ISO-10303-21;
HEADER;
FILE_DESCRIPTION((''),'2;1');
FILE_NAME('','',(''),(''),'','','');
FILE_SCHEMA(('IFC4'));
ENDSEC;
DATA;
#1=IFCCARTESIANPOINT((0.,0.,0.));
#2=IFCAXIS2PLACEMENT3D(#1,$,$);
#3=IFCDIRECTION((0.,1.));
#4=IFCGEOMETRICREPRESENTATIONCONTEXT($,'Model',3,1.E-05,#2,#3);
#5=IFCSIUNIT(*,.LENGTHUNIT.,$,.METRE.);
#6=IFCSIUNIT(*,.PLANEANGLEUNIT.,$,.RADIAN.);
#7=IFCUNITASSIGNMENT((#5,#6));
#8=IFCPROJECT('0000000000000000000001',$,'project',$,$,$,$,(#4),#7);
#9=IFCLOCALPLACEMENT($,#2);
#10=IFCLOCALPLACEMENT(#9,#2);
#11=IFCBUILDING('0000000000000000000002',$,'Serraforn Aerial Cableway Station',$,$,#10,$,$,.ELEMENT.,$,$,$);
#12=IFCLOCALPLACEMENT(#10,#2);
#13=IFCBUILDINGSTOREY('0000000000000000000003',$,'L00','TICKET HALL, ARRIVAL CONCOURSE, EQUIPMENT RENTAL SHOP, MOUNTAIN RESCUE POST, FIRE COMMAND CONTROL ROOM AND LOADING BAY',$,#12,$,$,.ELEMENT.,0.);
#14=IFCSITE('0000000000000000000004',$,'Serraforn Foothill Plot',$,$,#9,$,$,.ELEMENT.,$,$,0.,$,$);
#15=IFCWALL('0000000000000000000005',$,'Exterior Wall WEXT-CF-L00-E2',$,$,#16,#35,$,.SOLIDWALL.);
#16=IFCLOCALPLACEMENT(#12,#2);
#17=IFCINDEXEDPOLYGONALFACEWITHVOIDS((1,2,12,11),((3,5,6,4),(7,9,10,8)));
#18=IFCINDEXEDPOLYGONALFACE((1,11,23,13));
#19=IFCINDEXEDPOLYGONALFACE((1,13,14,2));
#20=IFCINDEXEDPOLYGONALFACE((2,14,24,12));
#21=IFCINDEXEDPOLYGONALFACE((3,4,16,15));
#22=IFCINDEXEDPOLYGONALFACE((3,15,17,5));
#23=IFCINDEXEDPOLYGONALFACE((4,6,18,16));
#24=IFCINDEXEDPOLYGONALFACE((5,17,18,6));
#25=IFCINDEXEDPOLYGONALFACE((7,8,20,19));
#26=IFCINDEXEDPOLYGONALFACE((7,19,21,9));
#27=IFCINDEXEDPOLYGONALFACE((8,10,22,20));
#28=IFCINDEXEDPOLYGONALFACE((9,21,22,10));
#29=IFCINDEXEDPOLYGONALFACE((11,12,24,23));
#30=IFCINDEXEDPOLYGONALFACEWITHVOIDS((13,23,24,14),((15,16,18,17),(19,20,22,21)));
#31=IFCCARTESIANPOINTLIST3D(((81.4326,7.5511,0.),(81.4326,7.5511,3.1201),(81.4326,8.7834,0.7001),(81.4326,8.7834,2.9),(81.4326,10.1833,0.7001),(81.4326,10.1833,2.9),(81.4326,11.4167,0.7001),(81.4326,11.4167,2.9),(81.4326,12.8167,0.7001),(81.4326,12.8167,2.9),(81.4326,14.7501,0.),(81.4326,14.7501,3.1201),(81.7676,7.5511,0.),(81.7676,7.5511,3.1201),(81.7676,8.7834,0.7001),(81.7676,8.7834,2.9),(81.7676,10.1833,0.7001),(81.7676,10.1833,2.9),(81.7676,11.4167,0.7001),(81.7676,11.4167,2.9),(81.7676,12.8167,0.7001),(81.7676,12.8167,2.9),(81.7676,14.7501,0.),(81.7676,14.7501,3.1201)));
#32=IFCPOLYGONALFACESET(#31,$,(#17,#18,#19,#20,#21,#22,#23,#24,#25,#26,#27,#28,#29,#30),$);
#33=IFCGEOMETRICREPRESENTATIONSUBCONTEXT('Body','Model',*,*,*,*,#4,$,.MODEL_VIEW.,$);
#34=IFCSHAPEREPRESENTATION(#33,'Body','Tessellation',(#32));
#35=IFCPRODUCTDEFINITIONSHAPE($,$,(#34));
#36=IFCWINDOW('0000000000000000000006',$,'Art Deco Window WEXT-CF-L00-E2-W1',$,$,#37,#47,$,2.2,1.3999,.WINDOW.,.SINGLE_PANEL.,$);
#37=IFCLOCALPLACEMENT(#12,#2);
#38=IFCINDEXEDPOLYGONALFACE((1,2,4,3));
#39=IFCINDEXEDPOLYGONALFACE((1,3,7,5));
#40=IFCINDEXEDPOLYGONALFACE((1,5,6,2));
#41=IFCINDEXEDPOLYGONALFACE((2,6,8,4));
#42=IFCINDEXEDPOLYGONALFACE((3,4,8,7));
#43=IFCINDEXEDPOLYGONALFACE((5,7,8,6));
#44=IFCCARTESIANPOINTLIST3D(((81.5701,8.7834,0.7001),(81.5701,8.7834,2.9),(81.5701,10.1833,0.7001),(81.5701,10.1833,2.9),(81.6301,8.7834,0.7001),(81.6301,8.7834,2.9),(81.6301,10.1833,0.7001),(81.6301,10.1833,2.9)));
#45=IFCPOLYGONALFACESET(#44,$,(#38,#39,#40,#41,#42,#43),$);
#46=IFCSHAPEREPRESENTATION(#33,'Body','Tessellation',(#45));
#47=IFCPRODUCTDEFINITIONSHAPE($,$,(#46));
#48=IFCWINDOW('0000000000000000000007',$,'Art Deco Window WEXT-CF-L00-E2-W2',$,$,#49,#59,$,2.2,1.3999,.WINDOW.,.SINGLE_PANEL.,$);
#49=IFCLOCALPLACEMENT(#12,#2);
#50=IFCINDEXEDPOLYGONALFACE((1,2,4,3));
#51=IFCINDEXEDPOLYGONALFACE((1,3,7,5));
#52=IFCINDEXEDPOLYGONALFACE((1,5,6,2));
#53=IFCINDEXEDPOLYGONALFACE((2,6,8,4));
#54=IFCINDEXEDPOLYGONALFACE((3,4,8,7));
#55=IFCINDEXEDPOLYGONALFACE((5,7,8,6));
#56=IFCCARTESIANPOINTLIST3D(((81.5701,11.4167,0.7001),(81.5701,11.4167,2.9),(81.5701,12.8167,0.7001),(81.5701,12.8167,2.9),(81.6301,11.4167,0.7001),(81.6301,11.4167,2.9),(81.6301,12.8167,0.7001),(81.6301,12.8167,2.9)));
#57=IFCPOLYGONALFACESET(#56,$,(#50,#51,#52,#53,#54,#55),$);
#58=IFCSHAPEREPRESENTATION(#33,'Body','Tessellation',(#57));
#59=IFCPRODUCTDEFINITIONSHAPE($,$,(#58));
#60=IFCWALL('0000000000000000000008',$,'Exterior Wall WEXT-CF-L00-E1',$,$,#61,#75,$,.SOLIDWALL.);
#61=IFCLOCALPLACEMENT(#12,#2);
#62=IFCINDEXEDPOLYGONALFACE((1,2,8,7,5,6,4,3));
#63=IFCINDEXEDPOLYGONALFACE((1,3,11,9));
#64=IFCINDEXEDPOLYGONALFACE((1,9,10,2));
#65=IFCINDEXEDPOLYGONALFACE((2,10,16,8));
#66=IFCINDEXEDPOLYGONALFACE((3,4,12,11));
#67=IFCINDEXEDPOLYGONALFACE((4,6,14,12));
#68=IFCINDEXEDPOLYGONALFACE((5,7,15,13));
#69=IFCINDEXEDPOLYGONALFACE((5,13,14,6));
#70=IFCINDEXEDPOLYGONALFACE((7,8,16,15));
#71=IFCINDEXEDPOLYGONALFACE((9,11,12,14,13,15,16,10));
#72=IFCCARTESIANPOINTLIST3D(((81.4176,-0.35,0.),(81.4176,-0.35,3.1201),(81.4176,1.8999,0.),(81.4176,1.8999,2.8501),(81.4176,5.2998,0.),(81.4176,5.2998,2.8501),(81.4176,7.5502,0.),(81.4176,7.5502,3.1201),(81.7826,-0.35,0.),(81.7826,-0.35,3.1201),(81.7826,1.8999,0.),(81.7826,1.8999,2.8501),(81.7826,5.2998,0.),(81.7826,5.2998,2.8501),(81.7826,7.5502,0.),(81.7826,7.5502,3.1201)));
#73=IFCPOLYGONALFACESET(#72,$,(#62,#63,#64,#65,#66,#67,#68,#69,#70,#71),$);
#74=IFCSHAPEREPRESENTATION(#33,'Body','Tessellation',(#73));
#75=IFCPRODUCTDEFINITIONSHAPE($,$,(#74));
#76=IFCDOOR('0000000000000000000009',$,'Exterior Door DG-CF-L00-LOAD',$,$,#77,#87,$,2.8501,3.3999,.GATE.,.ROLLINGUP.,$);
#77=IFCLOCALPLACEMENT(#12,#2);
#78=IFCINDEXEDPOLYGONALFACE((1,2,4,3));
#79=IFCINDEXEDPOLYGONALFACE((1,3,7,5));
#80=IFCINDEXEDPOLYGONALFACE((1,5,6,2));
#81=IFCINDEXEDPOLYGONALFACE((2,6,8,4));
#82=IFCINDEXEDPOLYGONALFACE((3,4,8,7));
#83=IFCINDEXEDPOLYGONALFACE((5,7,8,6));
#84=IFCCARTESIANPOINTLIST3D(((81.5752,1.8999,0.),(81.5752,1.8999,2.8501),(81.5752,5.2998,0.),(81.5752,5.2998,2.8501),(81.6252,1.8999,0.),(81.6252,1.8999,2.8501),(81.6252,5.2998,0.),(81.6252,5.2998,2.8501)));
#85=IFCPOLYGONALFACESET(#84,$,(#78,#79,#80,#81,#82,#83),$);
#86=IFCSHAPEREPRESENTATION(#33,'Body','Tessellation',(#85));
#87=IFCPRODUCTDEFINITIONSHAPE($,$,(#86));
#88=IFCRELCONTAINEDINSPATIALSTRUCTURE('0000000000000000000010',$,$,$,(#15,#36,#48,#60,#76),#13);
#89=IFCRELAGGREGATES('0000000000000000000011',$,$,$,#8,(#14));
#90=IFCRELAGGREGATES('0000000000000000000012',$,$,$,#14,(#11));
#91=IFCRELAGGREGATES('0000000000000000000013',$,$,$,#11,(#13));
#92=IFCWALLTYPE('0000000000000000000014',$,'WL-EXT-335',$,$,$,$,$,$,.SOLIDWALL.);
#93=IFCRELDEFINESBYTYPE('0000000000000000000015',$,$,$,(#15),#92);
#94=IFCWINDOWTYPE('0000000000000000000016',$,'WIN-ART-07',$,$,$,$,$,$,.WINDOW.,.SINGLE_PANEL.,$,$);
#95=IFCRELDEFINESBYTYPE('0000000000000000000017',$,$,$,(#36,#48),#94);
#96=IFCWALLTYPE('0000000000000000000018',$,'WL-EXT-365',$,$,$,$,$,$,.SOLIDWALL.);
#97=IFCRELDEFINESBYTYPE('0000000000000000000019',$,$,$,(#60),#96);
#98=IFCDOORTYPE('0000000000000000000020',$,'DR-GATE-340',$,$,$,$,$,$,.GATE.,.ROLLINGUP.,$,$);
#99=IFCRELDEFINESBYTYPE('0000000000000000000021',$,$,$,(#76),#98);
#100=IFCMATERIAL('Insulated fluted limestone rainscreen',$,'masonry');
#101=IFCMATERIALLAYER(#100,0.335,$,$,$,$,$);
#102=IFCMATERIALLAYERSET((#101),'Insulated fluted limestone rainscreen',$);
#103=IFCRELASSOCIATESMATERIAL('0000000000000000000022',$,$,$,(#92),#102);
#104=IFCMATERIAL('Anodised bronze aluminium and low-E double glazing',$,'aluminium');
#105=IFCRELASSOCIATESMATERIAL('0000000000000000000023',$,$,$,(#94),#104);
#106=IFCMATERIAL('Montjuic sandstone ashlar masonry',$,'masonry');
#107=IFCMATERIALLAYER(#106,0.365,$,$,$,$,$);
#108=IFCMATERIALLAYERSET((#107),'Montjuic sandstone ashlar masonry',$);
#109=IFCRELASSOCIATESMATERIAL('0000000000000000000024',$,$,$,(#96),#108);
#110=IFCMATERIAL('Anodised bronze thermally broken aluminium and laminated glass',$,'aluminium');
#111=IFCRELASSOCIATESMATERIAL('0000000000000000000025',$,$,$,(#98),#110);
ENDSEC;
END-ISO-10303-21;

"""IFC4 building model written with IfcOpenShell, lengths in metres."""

from ifc_helpers import new_model, si_unit, direction, frame, frame_2d, origin, place, context, subcontext, project, spatial, rectangle, extrude, material, layer, layer_set, type_object, element, fill, save


model = new_model("IFC4")

# Units and contexts
model_context = context("Model", 3, precision=1e-05, world=origin(), true_north=direction((0.0, 1.0)))
body_context = subcontext(model_context, "Body", "Model", "MODEL_VIEW")
ifc_project = project(units=[si_unit("LENGTHUNIT", "METRE"), si_unit("PLANEANGLEUNIT", "RADIAN")], contexts=[model_context])

# Site, building, storey
site_placement = place(None, origin())
site = spatial("IfcSite", under=ifc_project, at=site_placement, Name="Serraforn Foothill Plot", CompositionType="ELEMENT", RefElevation=0.0)
building_placement = place(site_placement, origin())
building = spatial("IfcBuilding", under=site, at=building_placement, Name="Serraforn Aerial Cableway Station", CompositionType="ELEMENT")
storey_placement = place(building_placement, origin())
storey = spatial("IfcBuildingStorey", under=building, at=storey_placement, Name="L00", Description="TICKET HALL, ARRIVAL CONCOURSE, EQUIPMENT RENTAL SHOP, MOUNTAIN RESCUE POST, FIRE COMMAND CONTROL ROOM AND LOADING BAY", CompositionType="ELEMENT", Elevation=0.0)

# Wall, openings, windows
ifc_material_1 = material(Name="Insulated fluted limestone rainscreen", Category="masonry")
ifc_layer_1 = layer(ifc_material_1, 0.335)
ifc_layer_set_1 = layer_set([ifc_layer_1], Name="Insulated fluted limestone rainscreen")
wall_type_1 = type_object("IfcWallType", Name="WL-EXT-335", PredefinedType="SOLIDWALL", material=ifc_layer_set_1)
wall_1_placement = place(storey_placement, frame((81.6001, 7.551, 0.0), z_axis=(0.0, 0.0, 1.0), x_axis=(0.0, 1.0, 0.0)))
wall_1 = element("IfcWall", 1, at=wall_1_placement, inside=storey, type_object=wall_type_1, Name="Exterior Wall WEXT-CF-L00-E2", PredefinedType="SOLIDWALL", context=body_context, shape_type="SweptSolid", body=[
    extrude(rectangle(XDim=7.199, YDim=0.335, at=frame_2d((3.5996, 0.0))), origin(), (0.0, 0.0, 1.0), 3.1201),
])
opening_1_placement = place(wall_1_placement, frame((1.2324, 0.0, 0.7)))
opening_1 = element("IfcOpeningElement", 2, at=opening_1_placement, cuts=wall_1, PredefinedType="OPENING", context=body_context, shape_type="SweptSolid", body=[
    extrude(rectangle(XDim=1.3999, YDim=2.2, at=frame_2d((0.7, 1.1001))), frame((0.0, 0.1775, 0.0), z_axis=(0.0, -1.0, 0.0), x_axis=(1.0, 0.0, 0.0)), (0.0, 0.0, 1.0), 0.355),
])
opening_2_placement = place(wall_1_placement, frame((3.8657, 0.0, 0.7)))
opening_2 = element("IfcOpeningElement", 3, at=opening_2_placement, cuts=wall_1, PredefinedType="OPENING", context=body_context, shape_type="SweptSolid", body=[
    extrude(rectangle(XDim=1.3999, YDim=2.2, at=frame_2d((0.7, 1.1001))), frame((0.0, 0.1775, 0.0), z_axis=(0.0, -1.0, 0.0), x_axis=(1.0, 0.0, 0.0)), (0.0, 0.0, 1.0), 0.355),
])
ifc_material_2 = material(Name="Anodised bronze aluminium and low-E double glazing", Category="aluminium")
window_type = type_object("IfcWindowType", Name="WIN-ART-07", PartitioningType="SINGLE_PANEL", PredefinedType="WINDOW", material=ifc_material_2)
window_1_placement = place(opening_1_placement, origin())
window_1 = element("IfcWindow", 4, at=window_1_placement, inside=storey, type_object=window_type, Name="Art Deco Window WEXT-CF-L00-E2-W1", OverallHeight=2.2, OverallWidth=1.3999, PartitioningType="SINGLE_PANEL", PredefinedType="WINDOW", context=body_context, shape_type="SweptSolid", body=[
    extrude(rectangle(XDim=1.3999, YDim=2.2, at=frame_2d((0.7, 1.1001))), frame((0.0, 0.03, 0.0), z_axis=(0.0, -1.0, 0.0), x_axis=(1.0, 0.0, 0.0)), (0.0, 0.0, 1.0), 0.0601),
])
fill(opening_1, window_1)
window_2_placement = place(opening_2_placement, origin())
window_2 = element("IfcWindow", 5, at=window_2_placement, inside=storey, type_object=window_type, Name="Art Deco Window WEXT-CF-L00-E2-W2", OverallHeight=2.2, OverallWidth=1.3999, PartitioningType="SINGLE_PANEL", PredefinedType="WINDOW", context=body_context, shape_type="SweptSolid", body=[
    extrude(rectangle(XDim=1.3999, YDim=2.2, at=frame_2d((0.7, 1.1001))), frame((0.0, 0.03, 0.0), z_axis=(0.0, -1.0, 0.0), x_axis=(1.0, 0.0, 0.0)), (0.0, 0.0, 1.0), 0.0601),
])
fill(opening_2, window_2)

# Wall, opening, door
ifc_material_3 = material(Name="Montjuic sandstone ashlar masonry", Category="masonry")
ifc_layer_2 = layer(ifc_material_3, 0.365)
ifc_layer_set_2 = layer_set([ifc_layer_2], Name="Montjuic sandstone ashlar masonry")
wall_type_2 = type_object("IfcWallType", Name="WL-EXT-365", PredefinedType="SOLIDWALL", material=ifc_layer_set_2)
wall_2_placement = place(storey_placement, frame((81.6001, -0.3501, 0.0), z_axis=(0.0, 0.0, 1.0), x_axis=(0.0, 1.0, 0.0)))
wall_2 = element("IfcWall", 6, at=wall_2_placement, inside=storey, type_object=wall_type_2, Name="Exterior Wall WEXT-CF-L00-E1", PredefinedType="SOLIDWALL", context=body_context, shape_type="SweptSolid", body=[
    extrude(rectangle(XDim=7.9001, YDim=0.365, at=frame_2d((3.9502, 0.0))), origin(), (0.0, 0.0, 1.0), 3.1201),
])
opening_3_placement = place(wall_2_placement, frame((2.25, 0.0, 0.0)))
opening_3 = element("IfcOpeningElement", 7, at=opening_3_placement, cuts=wall_2, PredefinedType="OPENING", context=body_context, shape_type="SweptSolid", body=[
    extrude(rectangle(XDim=3.3999, YDim=2.8501, at=frame_2d((1.7, 1.425))), frame((0.0, 0.1924, 0.0), z_axis=(0.0, -1.0, 0.0), x_axis=(1.0, 0.0, 0.0)), (0.0, 0.0, 1.0), 0.385),
])
ifc_material_4 = material(Name="Anodised bronze thermally broken aluminium and laminated glass", Category="aluminium")
door_type = type_object("IfcDoorType", Name="DR-GATE-340", OperationType="ROLLINGUP", PredefinedType="GATE", material=ifc_material_4)
door_placement = place(opening_3_placement, origin())
door = element("IfcDoor", 8, at=door_placement, inside=storey, type_object=door_type, Name="Exterior Door DG-CF-L00-LOAD", OperationType="ROLLINGUP", OverallHeight=2.8501, OverallWidth=3.3999, PredefinedType="GATE", context=body_context, shape_type="SweptSolid", body=[
    extrude(rectangle(XDim=3.3999, YDim=2.8501, at=frame_2d((1.7, 1.425))), frame((0.0, 0.0249, 0.0), z_axis=(0.0, -1.0, 0.0), x_axis=(1.0, 0.0, 0.0)), (0.0, 0.0, 1.0), 0.05),
])
fill(opening_3, door)

save(model, "model.ifc")
